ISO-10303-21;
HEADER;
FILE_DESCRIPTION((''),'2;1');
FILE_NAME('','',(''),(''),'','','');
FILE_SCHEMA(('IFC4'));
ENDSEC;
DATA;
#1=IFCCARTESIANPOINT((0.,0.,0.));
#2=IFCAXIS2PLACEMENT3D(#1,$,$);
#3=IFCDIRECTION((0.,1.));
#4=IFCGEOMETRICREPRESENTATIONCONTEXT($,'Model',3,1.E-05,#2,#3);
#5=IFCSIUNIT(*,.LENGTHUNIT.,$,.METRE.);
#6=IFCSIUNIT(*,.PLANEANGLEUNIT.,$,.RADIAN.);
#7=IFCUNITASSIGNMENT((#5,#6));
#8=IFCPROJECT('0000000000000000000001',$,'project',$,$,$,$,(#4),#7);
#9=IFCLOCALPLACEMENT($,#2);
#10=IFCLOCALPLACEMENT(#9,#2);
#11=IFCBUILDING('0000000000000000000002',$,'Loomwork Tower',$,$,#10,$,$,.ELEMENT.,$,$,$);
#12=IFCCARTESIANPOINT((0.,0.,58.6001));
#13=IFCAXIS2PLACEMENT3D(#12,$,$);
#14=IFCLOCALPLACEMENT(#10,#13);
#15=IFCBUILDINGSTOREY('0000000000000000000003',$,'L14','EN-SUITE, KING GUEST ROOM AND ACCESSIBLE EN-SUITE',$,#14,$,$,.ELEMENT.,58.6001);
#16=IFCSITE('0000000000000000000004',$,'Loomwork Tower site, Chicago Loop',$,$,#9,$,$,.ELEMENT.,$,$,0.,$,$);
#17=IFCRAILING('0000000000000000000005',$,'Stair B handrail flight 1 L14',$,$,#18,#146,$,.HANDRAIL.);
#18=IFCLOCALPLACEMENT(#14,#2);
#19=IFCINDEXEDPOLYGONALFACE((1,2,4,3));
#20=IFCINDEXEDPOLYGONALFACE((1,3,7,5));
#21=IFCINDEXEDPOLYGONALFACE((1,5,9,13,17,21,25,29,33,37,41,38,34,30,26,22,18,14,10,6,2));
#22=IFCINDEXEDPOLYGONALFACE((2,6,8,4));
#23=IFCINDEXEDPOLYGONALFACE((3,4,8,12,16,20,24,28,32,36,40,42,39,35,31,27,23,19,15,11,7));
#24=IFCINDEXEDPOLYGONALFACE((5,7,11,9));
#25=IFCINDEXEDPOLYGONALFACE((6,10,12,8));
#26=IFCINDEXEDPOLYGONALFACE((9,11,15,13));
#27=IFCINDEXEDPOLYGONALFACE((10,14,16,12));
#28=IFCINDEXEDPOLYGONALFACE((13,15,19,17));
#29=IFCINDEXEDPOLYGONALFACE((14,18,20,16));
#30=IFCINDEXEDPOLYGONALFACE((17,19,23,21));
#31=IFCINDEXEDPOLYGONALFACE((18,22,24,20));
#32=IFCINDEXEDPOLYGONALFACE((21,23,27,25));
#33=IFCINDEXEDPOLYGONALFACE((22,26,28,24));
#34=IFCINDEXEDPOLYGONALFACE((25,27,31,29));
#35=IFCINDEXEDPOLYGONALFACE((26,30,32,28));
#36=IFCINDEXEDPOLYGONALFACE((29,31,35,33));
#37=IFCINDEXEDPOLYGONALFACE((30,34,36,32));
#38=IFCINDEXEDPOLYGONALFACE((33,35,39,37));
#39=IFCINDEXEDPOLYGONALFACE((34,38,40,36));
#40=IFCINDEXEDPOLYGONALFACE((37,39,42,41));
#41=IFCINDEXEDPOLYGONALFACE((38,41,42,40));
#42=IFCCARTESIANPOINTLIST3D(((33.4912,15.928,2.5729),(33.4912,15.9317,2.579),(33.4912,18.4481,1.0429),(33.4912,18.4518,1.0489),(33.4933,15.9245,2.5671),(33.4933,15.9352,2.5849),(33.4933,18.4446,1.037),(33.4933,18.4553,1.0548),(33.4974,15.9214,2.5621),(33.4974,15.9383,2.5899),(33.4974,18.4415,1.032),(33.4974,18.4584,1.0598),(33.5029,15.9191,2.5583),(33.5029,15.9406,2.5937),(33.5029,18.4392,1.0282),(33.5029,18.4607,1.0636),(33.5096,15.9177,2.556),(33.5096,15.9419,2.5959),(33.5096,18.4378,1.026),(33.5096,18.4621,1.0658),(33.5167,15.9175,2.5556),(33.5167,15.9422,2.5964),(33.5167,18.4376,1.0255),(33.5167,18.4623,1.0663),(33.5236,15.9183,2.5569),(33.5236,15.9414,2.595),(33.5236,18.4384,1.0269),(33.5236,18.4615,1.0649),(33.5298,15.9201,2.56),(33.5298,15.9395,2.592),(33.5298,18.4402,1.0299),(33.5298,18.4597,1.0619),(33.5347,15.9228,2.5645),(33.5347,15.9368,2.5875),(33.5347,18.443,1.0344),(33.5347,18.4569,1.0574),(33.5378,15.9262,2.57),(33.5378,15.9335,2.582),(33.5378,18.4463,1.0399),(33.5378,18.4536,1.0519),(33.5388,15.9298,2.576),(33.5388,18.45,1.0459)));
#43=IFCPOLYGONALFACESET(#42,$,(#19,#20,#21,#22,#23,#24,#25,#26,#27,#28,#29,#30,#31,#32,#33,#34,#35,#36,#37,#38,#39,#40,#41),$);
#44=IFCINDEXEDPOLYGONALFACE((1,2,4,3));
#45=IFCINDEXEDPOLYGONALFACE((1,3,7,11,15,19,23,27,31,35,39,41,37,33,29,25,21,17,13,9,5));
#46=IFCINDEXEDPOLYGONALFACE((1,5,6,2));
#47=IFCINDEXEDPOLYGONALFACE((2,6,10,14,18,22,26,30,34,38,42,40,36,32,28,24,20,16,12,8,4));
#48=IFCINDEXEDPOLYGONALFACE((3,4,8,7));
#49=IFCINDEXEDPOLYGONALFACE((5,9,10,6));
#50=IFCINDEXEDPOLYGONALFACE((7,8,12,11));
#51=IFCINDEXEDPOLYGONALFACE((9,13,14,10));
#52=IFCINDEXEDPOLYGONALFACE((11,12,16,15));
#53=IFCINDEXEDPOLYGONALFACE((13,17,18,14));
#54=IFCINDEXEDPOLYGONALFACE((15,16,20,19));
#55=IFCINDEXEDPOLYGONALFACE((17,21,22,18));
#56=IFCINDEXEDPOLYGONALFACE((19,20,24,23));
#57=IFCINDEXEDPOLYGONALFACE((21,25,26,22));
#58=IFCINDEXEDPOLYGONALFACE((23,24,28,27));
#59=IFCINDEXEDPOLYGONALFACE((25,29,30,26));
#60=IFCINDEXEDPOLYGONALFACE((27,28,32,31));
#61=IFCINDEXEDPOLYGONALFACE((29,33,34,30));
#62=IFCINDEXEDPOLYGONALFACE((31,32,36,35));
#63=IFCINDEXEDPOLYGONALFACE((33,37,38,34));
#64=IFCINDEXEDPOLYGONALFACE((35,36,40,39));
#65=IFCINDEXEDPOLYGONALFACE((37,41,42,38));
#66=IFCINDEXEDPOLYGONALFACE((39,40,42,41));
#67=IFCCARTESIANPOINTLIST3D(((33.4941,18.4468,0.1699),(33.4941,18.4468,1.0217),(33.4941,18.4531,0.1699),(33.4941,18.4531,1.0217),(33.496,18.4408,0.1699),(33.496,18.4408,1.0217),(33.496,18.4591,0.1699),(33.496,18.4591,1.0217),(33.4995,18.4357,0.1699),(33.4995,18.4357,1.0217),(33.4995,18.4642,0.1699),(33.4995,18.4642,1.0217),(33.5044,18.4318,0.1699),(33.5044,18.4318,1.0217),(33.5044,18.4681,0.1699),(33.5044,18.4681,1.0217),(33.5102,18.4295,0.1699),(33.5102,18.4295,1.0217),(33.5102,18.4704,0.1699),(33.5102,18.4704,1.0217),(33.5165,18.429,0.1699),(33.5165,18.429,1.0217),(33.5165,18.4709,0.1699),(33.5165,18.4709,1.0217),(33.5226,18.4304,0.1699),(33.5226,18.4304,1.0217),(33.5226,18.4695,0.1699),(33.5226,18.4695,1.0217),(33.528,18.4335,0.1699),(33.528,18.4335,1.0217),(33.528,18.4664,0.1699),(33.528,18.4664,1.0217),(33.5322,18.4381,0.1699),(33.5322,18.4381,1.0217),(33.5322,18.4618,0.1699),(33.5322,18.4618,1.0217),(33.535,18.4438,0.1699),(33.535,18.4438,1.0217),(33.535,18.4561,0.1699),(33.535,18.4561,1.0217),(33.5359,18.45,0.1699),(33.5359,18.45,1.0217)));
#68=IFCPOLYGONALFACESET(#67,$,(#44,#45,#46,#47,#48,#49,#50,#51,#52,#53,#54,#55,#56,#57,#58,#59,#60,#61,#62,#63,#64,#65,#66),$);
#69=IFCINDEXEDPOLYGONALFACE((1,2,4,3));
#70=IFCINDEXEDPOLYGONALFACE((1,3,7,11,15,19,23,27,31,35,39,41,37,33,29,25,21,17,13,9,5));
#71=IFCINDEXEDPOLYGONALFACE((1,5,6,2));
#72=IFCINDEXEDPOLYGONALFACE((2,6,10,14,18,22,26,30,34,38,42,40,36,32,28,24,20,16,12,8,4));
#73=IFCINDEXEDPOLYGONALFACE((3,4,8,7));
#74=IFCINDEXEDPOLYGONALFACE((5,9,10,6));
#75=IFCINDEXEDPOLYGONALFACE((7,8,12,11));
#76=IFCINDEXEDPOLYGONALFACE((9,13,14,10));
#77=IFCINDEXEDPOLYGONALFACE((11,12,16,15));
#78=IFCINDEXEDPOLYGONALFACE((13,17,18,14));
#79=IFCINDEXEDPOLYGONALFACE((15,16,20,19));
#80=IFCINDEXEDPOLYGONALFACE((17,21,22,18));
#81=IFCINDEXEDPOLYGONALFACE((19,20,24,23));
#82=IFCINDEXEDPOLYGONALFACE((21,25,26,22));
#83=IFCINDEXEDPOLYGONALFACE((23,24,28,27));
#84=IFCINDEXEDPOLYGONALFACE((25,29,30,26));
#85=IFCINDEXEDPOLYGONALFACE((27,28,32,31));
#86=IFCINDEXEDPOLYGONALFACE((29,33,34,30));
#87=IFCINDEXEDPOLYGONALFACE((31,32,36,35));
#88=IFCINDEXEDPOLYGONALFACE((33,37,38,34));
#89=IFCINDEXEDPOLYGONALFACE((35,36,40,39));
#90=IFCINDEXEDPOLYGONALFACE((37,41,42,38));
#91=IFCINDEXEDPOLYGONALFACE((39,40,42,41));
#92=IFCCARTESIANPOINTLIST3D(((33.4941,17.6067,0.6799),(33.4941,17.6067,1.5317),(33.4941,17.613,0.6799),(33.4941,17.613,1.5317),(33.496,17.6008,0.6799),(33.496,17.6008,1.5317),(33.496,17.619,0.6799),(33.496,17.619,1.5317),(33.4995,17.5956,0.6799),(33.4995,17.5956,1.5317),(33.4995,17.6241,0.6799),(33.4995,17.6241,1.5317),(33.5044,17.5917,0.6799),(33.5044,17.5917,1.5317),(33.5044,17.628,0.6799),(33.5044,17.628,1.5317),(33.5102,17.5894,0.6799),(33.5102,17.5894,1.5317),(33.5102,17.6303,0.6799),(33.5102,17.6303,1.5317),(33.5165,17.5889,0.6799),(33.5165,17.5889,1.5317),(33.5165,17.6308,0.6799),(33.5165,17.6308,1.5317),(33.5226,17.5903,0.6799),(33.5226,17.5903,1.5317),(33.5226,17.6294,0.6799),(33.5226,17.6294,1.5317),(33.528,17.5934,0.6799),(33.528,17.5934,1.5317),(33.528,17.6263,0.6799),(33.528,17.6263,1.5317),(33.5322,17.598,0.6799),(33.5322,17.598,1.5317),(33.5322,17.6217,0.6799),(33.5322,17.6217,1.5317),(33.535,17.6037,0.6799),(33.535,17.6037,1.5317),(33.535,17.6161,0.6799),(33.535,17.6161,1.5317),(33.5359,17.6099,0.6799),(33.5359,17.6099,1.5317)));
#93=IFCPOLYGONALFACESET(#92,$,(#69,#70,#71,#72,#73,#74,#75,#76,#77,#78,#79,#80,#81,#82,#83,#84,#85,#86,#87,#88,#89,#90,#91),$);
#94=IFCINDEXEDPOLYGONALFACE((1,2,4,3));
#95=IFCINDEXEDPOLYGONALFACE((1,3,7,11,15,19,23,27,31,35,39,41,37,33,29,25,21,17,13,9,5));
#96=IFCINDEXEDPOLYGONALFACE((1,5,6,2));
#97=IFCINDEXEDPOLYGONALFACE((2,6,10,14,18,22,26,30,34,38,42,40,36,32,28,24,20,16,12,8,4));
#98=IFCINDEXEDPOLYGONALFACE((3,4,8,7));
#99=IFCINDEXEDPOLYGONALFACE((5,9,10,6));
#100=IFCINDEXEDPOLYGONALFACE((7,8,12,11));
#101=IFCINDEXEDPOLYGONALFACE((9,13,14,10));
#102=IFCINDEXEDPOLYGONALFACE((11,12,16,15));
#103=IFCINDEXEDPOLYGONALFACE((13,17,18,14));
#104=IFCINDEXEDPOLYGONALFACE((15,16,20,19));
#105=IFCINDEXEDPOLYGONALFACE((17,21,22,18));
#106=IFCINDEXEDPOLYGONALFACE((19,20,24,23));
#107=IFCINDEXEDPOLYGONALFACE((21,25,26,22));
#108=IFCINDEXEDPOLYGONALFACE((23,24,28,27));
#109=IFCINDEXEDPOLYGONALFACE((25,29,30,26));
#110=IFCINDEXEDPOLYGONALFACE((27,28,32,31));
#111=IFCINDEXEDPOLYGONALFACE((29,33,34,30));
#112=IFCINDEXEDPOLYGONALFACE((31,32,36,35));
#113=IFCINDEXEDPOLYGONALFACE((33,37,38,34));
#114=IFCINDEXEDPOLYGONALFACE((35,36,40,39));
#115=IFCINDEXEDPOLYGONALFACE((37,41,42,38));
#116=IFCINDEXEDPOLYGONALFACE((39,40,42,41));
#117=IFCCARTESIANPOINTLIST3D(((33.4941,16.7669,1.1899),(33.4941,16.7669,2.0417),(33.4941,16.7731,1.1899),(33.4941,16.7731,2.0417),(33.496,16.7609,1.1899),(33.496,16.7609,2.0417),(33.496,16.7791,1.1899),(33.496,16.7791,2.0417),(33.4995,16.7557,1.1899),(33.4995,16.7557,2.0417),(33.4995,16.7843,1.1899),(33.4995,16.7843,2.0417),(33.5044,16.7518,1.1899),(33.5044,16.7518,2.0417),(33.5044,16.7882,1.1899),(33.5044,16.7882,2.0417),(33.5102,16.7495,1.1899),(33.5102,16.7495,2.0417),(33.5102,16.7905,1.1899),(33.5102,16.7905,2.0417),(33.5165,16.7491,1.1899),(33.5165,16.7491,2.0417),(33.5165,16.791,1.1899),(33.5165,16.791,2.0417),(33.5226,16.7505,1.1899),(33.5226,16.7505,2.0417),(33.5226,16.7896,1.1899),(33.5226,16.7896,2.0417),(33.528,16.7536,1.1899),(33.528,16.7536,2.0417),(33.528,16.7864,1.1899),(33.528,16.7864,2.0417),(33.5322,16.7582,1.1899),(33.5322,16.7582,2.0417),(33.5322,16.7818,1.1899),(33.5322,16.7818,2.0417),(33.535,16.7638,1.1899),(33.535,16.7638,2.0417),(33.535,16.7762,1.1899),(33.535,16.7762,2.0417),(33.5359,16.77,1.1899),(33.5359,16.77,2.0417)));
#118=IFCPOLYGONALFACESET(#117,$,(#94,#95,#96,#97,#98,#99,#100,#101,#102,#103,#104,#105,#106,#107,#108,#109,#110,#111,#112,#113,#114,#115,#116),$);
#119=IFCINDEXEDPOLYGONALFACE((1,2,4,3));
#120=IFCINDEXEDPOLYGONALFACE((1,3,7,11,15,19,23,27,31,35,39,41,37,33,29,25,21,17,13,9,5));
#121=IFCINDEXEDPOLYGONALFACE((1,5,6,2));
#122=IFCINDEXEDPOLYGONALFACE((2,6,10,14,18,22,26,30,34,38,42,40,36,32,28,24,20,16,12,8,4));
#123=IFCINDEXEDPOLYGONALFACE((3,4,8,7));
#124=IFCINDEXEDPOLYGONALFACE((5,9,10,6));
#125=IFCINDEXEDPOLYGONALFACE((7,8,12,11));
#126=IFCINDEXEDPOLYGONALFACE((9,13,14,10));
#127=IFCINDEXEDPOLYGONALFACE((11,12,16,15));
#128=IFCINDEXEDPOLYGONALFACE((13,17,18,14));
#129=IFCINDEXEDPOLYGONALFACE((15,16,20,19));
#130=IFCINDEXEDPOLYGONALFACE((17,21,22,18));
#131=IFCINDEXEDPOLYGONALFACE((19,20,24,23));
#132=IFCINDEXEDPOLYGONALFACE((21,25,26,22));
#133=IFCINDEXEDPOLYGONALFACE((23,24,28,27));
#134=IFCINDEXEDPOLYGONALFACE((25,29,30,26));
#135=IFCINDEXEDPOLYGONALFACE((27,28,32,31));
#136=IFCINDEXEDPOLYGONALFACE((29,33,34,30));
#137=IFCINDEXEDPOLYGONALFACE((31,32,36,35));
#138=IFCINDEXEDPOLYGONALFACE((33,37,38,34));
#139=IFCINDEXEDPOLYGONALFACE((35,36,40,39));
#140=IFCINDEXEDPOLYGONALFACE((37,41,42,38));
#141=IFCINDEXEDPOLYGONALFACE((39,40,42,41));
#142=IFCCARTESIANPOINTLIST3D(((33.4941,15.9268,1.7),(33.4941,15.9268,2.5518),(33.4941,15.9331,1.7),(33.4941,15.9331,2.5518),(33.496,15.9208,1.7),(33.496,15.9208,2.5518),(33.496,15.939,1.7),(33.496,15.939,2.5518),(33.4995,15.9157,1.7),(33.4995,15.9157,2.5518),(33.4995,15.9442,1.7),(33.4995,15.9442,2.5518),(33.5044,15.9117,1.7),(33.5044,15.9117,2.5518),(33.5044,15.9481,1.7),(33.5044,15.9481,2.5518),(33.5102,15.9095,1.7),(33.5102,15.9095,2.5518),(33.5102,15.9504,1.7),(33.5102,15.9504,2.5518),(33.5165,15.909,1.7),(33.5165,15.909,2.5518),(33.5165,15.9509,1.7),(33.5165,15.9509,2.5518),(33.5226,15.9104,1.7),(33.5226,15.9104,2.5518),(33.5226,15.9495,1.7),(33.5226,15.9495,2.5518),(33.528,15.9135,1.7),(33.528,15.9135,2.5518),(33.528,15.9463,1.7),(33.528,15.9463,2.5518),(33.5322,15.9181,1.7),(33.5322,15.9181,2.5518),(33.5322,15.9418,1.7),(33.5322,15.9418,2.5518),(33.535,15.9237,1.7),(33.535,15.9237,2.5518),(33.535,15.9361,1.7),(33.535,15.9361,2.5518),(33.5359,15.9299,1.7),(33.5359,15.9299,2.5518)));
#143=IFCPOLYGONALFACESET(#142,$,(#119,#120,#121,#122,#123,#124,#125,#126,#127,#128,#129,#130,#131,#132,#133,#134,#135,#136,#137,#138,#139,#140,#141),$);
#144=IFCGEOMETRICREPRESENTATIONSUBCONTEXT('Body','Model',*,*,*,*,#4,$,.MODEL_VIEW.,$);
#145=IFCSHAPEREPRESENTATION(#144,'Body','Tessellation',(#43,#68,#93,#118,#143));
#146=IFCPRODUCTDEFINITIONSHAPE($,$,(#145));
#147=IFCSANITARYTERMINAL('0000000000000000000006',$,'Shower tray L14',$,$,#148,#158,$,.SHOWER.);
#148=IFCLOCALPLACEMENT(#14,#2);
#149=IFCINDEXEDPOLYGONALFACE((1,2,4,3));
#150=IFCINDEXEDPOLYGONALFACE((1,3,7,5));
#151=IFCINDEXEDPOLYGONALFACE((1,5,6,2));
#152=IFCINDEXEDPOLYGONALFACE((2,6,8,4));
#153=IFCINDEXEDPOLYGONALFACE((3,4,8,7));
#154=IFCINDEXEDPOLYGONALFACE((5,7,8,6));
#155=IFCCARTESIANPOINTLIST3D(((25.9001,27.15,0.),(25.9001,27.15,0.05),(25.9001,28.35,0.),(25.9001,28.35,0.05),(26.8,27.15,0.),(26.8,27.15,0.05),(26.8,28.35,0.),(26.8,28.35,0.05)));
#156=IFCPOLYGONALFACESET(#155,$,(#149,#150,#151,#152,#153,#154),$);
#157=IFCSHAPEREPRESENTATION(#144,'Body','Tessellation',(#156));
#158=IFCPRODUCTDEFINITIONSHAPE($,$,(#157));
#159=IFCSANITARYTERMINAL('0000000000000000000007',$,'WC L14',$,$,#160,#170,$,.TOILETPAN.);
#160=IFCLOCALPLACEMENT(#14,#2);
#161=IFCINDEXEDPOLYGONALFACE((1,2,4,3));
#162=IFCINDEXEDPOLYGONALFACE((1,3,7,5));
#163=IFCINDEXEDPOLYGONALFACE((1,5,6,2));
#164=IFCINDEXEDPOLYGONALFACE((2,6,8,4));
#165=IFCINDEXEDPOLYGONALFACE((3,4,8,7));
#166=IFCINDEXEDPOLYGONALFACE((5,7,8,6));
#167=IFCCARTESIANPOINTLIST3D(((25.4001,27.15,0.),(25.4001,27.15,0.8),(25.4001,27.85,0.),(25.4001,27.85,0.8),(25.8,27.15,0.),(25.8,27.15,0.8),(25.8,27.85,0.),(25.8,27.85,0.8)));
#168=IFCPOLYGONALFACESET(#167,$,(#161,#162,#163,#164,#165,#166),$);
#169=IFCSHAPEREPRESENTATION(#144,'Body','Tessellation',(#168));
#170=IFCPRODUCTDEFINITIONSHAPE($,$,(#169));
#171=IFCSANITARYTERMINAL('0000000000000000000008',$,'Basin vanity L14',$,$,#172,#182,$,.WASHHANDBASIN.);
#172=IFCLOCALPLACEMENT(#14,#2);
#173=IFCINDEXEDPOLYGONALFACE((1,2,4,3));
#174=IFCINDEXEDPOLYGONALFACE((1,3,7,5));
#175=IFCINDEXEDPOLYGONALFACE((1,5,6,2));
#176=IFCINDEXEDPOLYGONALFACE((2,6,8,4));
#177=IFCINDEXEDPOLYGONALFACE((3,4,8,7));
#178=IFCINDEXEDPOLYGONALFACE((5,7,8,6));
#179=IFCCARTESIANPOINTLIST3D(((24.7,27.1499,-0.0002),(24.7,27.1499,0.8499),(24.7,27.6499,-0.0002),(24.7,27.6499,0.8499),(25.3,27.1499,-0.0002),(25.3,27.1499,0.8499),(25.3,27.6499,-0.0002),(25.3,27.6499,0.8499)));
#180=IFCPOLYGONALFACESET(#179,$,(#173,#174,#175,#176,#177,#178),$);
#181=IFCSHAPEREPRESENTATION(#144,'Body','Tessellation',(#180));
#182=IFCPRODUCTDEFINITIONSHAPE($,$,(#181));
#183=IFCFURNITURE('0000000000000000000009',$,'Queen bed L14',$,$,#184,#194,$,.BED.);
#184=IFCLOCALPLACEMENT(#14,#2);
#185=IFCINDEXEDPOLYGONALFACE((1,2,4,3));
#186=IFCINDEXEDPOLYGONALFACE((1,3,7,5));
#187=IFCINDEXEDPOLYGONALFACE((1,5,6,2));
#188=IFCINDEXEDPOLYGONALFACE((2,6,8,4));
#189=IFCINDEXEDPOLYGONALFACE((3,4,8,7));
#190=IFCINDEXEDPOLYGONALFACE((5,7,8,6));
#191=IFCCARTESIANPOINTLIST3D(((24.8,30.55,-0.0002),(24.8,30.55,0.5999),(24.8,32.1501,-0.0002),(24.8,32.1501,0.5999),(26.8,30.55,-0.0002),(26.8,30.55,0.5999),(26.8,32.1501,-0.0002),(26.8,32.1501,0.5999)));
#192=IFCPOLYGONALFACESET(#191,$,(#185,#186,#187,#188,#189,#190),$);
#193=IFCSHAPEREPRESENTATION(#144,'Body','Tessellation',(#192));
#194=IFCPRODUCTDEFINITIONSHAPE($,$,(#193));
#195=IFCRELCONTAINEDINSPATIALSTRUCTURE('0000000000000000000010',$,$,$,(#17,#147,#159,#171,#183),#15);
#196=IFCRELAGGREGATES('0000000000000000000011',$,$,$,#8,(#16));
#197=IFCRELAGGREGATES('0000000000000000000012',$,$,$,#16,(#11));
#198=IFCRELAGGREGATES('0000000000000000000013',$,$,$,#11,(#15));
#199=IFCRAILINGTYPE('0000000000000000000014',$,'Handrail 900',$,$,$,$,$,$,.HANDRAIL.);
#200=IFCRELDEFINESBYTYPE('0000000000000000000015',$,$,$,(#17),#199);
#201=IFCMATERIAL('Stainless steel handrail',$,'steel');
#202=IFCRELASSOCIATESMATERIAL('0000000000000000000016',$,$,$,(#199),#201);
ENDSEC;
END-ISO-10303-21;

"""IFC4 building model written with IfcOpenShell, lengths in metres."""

from ifc_helpers import new_model, si_unit, direction, frame, origin, origin_2d, place, context, subcontext, project, spatial, rectangle, circle, extrude, material, type_object, element, save


model = new_model("IFC4")

# Units and contexts
model_context = context("Model", 3, precision=1e-05, world=origin(), true_north=direction((0.0, 1.0)))
body_context = subcontext(model_context, "Body", "Model", "MODEL_VIEW")
ifc_project = project(units=[si_unit("LENGTHUNIT", "METRE"), si_unit("PLANEANGLEUNIT", "RADIAN")], contexts=[model_context])

# Site, building, storey
site_placement = place(None, origin())
site = spatial("IfcSite", under=ifc_project, at=site_placement, Name="Loomwork Tower site, Chicago Loop", CompositionType="ELEMENT", RefElevation=0.0)
building_placement = place(site_placement, origin())
building = spatial("IfcBuilding", under=site, at=building_placement, Name="Loomwork Tower", CompositionType="ELEMENT")
storey_placement = place(building_placement, frame((0.0, 0.0, 58.6001)))
storey = spatial("IfcBuildingStorey", under=building, at=storey_placement, Name="L14", Description="EN-SUITE, KING GUEST ROOM AND ACCESSIBLE EN-SUITE", CompositionType="ELEMENT", Elevation=58.6001)

# Railing
ifc_material_1 = material(Name="Stainless steel handrail", Category="steel")
railing_type = type_object("IfcRailingType", Name="Handrail 900", PredefinedType="HANDRAIL", material=ifc_material_1)
railing_placement = place(storey_placement, frame((33.5149, 18.45, 0.1699)))
element("IfcRailing", 1, at=railing_placement, inside=storey, type_object=railing_type, Name="Stair B handrail flight 1 L14", PredefinedType="HANDRAIL", context=body_context, shape_type="SweptSolid", body=[
    extrude(circle(Radius=0.0239, at=origin_2d()), frame((0.0, 0.0, 0.876), z_axis=(0.0, -0.854785, 0.518982), x_axis=(1.0, 0.0, 0.0)), (0.0, 0.0, 1.0), 2.9482),
    extrude(circle(Radius=0.021, at=origin_2d()), origin(), (0.0, 0.0, 1.0), 0.8518),
    extrude(circle(Radius=0.021, at=origin_2d()), frame((0.0, -0.8401, 0.51)), (0.0, 0.0, 1.0), 0.8518),
    extrude(circle(Radius=0.021, at=origin_2d()), frame((0.0, -1.6799, 1.02)), (0.0, 0.0, 1.0), 0.8518),
    extrude(circle(Radius=0.021, at=origin_2d()), frame((0.0, -2.52, 1.53)), (0.0, 0.0, 1.0), 0.8518),
])

# Sanitary terminals
sanitary_terminal_1_placement = place(storey_placement, frame((26.3501, 27.75, 0.0), z_axis=(0.0, 0.0, 1.0), x_axis=(1.0, 0.0, 0.0)))
element("IfcSanitaryTerminal", 2, at=sanitary_terminal_1_placement, inside=storey, Name="Shower tray L14", PredefinedType="SHOWER", context=body_context, shape_type="SweptSolid", body=[
    extrude(rectangle(XDim=0.8999, YDim=1.2, at=origin_2d()), origin(), (0.0, 0.0, 1.0), 0.05),
])
sanitary_terminal_2_placement = place(storey_placement, frame((25.6001, 27.5, 0.0), z_axis=(0.0, 0.0, 1.0), x_axis=(1.0, 0.0, 0.0)))
element("IfcSanitaryTerminal", 3, at=sanitary_terminal_2_placement, inside=storey, Name="WC L14", PredefinedType="TOILETPAN", context=body_context, shape_type="SweptSolid", body=[
    extrude(rectangle(XDim=0.3999, YDim=0.7, at=origin_2d()), origin(), (0.0, 0.0, 1.0), 0.8),
])
sanitary_terminal_3_placement = place(storey_placement, frame((25.0, 27.3999, -0.0002), z_axis=(0.0, 0.0, 1.0), x_axis=(1.0, 0.0, 0.0)))
element("IfcSanitaryTerminal", 4, at=sanitary_terminal_3_placement, inside=storey, Name="Basin vanity L14", PredefinedType="WASHHANDBASIN", context=body_context, shape_type="SweptSolid", body=[
    extrude(rectangle(XDim=0.6001, YDim=0.5, at=origin_2d()), origin(), (0.0, 0.0, 1.0), 0.8501),
])

# Furniture
furniture_placement = place(storey_placement, frame((25.8, 31.3501, -0.0002), z_axis=(0.0, 0.0, 1.0), x_axis=(1.0, 0.0, 0.0)))
element("IfcFurniture", 5, at=furniture_placement, inside=storey, Name="Queen bed L14", PredefinedType="BED", context=body_context, shape_type="SweptSolid", body=[
    extrude(rectangle(XDim=2.0, YDim=1.6001, at=origin_2d()), origin(), (0.0, 0.0, 1.0), 0.6001),
])

save(model, "model.ifc")
